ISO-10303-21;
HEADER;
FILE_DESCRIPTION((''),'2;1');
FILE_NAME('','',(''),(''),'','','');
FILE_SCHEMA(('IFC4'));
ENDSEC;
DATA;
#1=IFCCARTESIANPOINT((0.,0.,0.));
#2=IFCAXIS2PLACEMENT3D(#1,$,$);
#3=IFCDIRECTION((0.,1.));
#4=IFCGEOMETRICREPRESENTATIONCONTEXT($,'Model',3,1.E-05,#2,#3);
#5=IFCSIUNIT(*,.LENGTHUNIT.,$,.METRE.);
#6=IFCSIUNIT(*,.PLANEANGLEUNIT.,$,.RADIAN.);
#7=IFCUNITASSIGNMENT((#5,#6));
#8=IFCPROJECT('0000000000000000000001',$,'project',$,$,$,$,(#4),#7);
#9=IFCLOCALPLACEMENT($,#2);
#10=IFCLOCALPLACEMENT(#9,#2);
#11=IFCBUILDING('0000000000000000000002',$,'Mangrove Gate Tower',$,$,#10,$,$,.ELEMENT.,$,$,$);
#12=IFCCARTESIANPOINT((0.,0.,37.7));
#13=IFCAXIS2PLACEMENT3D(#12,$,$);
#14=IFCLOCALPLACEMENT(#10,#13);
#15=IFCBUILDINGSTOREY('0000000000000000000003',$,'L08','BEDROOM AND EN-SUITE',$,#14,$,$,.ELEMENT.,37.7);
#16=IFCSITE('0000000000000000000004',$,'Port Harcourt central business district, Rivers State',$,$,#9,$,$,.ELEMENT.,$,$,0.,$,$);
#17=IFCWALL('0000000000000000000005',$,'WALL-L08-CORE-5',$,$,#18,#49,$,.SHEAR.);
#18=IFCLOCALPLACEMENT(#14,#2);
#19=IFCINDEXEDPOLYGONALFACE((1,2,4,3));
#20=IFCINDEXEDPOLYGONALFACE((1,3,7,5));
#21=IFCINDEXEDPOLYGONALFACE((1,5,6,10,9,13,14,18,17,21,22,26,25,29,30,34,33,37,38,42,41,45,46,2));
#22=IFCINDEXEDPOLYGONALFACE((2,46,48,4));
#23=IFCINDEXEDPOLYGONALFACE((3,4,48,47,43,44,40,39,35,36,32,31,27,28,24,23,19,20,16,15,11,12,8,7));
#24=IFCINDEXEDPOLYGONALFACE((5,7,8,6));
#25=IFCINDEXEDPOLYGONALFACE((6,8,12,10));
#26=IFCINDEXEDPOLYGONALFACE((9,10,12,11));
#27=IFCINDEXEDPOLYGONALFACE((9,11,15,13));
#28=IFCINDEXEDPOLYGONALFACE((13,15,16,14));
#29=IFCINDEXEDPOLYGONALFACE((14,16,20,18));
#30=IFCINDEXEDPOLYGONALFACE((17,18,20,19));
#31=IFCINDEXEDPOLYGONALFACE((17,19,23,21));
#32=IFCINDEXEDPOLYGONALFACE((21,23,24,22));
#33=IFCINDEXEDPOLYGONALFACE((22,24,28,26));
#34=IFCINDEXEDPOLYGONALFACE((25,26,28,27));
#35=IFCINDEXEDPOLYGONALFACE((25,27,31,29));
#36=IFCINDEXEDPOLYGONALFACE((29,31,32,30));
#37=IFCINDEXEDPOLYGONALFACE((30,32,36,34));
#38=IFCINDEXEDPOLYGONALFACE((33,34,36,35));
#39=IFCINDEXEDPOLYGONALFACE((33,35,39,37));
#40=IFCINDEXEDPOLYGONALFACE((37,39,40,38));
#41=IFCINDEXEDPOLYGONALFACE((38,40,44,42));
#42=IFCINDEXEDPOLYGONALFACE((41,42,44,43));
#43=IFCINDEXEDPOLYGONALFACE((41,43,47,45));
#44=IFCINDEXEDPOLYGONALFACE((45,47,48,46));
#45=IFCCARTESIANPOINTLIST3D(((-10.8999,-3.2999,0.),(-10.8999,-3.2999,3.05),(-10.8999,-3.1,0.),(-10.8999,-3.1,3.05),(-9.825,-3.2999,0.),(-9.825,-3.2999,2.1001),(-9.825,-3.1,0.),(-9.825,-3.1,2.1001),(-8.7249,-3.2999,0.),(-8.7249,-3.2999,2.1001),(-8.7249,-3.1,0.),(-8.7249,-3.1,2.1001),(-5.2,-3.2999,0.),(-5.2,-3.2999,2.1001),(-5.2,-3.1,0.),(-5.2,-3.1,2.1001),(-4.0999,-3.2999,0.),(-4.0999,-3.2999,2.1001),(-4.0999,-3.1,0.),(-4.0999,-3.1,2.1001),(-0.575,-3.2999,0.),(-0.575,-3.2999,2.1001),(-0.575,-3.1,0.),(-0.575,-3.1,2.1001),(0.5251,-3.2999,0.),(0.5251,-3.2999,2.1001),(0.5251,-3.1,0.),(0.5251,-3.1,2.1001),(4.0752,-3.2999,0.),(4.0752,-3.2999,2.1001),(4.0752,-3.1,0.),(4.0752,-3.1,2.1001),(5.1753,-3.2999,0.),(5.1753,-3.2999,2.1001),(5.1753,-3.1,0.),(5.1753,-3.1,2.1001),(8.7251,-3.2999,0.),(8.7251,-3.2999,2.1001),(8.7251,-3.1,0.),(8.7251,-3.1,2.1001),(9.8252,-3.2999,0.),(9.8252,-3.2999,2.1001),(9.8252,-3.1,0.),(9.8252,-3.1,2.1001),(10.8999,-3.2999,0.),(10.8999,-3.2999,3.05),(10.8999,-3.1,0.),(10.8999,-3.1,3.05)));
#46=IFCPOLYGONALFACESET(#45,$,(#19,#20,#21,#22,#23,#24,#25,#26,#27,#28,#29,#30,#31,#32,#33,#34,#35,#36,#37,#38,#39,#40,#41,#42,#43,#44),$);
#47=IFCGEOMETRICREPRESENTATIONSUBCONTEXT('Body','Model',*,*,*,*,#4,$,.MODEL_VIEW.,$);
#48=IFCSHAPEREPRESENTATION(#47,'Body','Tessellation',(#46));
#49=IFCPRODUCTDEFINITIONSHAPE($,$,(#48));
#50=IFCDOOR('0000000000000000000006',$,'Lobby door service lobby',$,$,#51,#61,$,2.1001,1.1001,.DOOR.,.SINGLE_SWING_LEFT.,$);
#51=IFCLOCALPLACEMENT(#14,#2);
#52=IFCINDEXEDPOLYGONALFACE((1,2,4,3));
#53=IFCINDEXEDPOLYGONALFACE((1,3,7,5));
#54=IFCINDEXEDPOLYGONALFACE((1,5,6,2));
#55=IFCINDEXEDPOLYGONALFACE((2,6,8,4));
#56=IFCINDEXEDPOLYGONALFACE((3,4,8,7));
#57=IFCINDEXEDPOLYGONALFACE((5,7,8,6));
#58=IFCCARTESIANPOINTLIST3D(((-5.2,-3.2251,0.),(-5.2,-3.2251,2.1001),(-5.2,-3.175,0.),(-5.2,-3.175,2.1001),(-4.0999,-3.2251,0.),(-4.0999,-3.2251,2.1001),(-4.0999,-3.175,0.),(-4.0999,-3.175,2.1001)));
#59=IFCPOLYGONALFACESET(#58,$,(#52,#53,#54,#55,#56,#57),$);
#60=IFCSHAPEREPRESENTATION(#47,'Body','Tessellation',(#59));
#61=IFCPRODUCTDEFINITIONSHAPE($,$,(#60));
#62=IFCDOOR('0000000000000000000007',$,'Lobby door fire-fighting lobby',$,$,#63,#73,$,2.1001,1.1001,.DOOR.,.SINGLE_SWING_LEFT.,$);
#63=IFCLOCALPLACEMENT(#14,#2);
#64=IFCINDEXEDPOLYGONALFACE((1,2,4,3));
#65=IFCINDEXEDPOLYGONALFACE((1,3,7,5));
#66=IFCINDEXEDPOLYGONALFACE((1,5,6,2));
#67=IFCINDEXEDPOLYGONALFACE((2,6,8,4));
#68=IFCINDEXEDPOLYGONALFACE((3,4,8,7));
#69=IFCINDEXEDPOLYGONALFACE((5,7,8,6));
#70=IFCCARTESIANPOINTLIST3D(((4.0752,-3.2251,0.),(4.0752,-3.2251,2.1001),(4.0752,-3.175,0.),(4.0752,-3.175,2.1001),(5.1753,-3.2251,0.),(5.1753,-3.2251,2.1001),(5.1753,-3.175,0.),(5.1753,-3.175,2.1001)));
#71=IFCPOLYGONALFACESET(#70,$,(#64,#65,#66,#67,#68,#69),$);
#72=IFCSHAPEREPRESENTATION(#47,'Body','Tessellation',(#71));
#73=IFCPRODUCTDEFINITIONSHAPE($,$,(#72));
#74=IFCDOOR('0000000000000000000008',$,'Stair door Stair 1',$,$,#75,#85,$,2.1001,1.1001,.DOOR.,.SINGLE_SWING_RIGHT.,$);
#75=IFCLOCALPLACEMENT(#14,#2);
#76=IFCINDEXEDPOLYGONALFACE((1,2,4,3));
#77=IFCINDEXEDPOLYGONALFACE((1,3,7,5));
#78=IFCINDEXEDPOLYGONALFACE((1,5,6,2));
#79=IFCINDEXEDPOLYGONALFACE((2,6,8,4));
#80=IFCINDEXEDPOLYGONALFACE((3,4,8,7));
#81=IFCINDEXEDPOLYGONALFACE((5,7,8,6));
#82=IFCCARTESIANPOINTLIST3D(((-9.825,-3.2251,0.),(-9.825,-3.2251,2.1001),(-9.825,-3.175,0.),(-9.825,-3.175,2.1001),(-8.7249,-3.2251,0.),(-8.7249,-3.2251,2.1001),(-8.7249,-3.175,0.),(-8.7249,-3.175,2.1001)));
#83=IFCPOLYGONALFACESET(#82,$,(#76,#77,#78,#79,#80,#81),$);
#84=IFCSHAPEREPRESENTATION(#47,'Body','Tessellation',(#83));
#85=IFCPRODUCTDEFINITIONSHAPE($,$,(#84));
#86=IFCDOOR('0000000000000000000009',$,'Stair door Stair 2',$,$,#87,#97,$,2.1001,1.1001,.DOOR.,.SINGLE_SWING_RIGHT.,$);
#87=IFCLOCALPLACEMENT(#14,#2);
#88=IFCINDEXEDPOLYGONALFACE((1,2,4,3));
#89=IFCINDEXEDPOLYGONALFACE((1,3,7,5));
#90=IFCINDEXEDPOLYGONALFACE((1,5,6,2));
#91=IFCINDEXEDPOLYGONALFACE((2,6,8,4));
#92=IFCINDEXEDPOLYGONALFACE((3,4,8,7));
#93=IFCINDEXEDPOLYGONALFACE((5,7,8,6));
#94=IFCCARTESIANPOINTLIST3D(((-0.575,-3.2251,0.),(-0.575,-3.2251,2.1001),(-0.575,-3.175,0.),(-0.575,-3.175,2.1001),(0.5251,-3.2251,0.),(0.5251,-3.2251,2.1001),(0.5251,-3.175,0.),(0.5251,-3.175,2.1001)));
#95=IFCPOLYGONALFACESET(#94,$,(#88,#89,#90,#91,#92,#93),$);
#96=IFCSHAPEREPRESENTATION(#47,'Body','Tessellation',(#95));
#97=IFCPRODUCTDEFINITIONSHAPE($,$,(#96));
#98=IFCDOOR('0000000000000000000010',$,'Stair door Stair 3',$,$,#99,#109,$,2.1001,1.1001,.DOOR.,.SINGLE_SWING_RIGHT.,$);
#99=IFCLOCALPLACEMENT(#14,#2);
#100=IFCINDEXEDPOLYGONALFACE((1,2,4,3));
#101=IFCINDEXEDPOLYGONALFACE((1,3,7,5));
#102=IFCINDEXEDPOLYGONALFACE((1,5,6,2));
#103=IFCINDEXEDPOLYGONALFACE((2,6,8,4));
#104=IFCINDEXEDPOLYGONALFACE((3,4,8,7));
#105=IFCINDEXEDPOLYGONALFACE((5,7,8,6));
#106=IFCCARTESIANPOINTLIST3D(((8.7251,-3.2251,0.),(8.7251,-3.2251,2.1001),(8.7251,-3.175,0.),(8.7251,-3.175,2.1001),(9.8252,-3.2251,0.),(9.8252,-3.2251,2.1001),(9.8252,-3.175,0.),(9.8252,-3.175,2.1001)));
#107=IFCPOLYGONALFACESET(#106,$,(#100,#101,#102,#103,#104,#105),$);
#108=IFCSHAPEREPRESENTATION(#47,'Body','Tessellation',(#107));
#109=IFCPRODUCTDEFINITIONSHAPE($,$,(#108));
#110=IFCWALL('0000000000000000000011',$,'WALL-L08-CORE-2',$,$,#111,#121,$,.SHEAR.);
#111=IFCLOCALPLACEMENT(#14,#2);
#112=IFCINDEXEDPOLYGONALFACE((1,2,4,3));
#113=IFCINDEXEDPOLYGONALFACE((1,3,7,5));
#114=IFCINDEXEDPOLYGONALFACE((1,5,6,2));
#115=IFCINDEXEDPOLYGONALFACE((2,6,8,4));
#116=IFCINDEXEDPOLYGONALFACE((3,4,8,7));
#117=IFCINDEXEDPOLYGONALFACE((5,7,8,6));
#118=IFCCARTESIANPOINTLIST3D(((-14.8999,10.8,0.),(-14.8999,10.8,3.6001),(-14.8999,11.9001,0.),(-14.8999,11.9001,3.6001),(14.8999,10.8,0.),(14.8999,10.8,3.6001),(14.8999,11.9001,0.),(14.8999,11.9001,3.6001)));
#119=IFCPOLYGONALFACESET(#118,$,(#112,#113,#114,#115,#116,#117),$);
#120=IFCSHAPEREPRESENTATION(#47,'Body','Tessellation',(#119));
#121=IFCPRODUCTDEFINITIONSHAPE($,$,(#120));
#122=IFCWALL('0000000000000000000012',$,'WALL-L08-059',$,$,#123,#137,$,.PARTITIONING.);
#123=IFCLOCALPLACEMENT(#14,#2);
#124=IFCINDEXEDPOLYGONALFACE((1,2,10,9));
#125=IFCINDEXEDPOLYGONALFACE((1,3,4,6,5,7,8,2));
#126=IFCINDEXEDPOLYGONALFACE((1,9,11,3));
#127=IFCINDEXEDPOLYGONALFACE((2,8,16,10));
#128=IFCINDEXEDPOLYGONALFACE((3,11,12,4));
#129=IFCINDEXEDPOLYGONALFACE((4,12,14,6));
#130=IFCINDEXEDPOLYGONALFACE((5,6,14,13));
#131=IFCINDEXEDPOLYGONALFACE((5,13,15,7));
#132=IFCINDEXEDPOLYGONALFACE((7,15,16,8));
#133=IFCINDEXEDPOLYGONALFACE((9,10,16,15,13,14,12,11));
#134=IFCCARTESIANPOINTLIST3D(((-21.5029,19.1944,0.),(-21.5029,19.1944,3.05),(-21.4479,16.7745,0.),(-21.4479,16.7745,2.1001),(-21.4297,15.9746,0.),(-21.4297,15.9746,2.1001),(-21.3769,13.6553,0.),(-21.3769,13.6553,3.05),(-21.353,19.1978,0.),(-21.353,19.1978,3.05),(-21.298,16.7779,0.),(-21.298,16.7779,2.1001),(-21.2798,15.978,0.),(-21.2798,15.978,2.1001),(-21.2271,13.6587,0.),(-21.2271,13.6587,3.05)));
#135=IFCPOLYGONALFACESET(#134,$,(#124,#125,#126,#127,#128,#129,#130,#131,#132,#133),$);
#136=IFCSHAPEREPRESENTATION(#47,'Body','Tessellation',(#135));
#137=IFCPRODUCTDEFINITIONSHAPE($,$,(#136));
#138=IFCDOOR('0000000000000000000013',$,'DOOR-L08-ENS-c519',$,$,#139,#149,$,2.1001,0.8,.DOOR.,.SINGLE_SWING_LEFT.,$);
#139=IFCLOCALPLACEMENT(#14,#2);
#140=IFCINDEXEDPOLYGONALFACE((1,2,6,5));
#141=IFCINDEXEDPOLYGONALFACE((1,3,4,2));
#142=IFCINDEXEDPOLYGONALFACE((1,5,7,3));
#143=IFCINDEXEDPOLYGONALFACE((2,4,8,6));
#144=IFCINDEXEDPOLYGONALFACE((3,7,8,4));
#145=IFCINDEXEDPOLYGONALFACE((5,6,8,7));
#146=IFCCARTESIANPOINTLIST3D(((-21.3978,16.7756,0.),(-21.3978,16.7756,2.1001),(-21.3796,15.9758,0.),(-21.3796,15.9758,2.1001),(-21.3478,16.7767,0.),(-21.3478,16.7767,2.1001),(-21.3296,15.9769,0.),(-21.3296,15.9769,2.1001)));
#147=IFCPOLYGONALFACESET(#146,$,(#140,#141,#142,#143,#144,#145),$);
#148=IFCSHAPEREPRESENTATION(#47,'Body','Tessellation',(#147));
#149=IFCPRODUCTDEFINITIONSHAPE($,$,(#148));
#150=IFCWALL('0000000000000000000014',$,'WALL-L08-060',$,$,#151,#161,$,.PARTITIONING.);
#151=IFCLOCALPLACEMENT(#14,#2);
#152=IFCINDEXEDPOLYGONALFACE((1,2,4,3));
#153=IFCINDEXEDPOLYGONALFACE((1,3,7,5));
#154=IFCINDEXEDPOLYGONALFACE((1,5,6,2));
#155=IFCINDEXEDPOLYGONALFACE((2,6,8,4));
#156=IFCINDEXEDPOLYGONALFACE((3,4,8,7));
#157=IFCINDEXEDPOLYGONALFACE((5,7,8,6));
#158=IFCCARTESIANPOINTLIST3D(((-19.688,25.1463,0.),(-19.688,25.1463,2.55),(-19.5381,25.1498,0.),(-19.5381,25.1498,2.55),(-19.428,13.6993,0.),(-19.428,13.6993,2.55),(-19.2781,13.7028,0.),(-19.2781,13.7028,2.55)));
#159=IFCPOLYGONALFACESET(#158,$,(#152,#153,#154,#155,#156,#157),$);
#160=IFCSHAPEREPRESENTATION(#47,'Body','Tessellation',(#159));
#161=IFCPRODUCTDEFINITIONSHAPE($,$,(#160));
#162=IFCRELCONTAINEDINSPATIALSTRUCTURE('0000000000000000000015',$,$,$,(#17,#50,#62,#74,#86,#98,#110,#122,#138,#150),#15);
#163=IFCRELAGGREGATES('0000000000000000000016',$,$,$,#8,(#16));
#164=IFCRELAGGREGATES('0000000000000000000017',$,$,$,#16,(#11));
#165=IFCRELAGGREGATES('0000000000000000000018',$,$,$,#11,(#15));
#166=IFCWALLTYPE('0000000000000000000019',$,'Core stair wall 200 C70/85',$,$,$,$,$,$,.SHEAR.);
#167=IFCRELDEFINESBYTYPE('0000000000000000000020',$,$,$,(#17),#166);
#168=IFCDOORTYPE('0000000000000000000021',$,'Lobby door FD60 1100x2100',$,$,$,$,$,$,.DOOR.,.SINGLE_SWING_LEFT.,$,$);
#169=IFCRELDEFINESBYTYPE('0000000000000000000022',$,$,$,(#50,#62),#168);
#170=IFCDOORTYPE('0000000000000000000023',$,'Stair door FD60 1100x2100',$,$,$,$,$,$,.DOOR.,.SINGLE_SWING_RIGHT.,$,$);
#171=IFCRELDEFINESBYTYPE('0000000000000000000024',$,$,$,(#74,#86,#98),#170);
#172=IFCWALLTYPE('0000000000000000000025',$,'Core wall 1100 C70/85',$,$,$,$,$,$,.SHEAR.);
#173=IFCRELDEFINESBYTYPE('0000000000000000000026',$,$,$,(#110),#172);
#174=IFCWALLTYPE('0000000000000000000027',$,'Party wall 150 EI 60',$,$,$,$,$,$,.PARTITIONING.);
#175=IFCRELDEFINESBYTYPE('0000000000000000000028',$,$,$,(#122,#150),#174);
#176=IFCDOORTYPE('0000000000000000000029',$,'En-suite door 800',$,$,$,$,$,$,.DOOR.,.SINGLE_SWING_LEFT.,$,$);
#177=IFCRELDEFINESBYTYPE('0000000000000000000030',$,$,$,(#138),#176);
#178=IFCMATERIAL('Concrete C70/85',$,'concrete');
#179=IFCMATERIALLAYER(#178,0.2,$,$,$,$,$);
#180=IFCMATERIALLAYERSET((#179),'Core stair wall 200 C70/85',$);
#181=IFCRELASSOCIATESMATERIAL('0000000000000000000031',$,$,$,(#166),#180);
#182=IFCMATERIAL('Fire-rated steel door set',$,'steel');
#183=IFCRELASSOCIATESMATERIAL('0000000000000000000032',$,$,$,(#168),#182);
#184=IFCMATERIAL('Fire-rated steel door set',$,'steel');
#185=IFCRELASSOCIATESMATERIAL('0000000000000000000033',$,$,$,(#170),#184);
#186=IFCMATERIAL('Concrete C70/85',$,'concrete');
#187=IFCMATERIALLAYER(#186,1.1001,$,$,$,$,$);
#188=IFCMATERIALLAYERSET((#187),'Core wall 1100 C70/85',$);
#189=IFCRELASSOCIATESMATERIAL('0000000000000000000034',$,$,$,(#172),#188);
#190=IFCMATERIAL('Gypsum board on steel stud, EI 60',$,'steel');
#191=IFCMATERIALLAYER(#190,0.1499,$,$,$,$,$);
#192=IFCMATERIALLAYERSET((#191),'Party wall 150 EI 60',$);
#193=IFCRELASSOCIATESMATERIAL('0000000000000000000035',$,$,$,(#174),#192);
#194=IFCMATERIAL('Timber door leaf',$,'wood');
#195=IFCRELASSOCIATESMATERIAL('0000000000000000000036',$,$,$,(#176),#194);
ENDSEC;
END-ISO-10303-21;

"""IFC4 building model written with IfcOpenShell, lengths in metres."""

from ifc_helpers import new_model, si_unit, direction, frame, frame_2d, origin, place, context, subcontext, project, spatial, rectangle, extrude, material, layer, layer_set, type_object, element, fill, save


model = new_model("IFC4")

# Units and contexts
model_context = context("Model", 3, precision=1e-05, world=origin(), true_north=direction((0.0, 1.0)))
body_context = subcontext(model_context, "Body", "Model", "MODEL_VIEW")
ifc_project = project(units=[si_unit("LENGTHUNIT", "METRE"), si_unit("PLANEANGLEUNIT", "RADIAN")], contexts=[model_context])

# Site, building, storey
site_placement = place(None, origin())
site = spatial("IfcSite", under=ifc_project, at=site_placement, Name="Port Harcourt central business district, Rivers State", CompositionType="ELEMENT", RefElevation=0.0)
building_placement = place(site_placement, origin())
building = spatial("IfcBuilding", under=site, at=building_placement, Name="Mangrove Gate Tower", CompositionType="ELEMENT")
storey_placement = place(building_placement, frame((0.0, 0.0, 37.7)))
storey = spatial("IfcBuildingStorey", under=building, at=storey_placement, Name="L08", Description="BEDROOM AND EN-SUITE", CompositionType="ELEMENT", Elevation=37.7)

# Wall, openings, doors
ifc_material_1 = material(Name="Concrete C70/85", Category="concrete")
ifc_layer_1 = layer(ifc_material_1, 0.2)
ifc_layer_set_1 = layer_set([ifc_layer_1], Name="Core stair wall 200 C70/85")
wall_type_1 = type_object("IfcWallType", Name="Core stair wall 200 C70/85", PredefinedType="SHEAR", material=ifc_layer_set_1)
wall_1_placement = place(storey_placement, frame((-10.8999, -3.2, 0.0), z_axis=(0.0, 0.0, 1.0), x_axis=(1.0, 0.0, 0.0)))
wall_1 = element("IfcWall", 1, at=wall_1_placement, inside=storey, type_object=wall_type_1, Name="WALL-L08-CORE-5", PredefinedType="SHEAR", context=body_context, shape_type="SweptSolid", body=[
    extrude(rectangle(XDim=21.7998, YDim=0.2, at=frame_2d((10.8999, 0.0))), origin(), (0.0, 0.0, 1.0), 3.05),
])
opening_1_placement = place(wall_1_placement, frame((1.075, 0.0, 0.0)))
opening_1 = element("IfcOpeningElement", 2, at=opening_1_placement, cuts=wall_1, PredefinedType="OPENING", context=body_context, shape_type="SweptSolid", body=[
    extrude(rectangle(XDim=1.1001, YDim=2.1001, at=frame_2d((0.55, 1.05))), frame((0.0, 0.1099, 0.0), z_axis=(0.0, -1.0, 0.0), x_axis=(1.0, 0.0, 0.0)), (0.0, 0.0, 1.0), 0.22),
])
opening_2_placement = place(wall_1_placement, frame((10.325, 0.0, 0.0)))
opening_2 = element("IfcOpeningElement", 3, at=opening_2_placement, cuts=wall_1, PredefinedType="OPENING", context=body_context, shape_type="SweptSolid", body=[
    extrude(rectangle(XDim=1.1001, YDim=2.1001, at=frame_2d((0.55, 1.05))), frame((0.0, 0.1099, 0.0), z_axis=(0.0, -1.0, 0.0), x_axis=(1.0, 0.0, 0.0)), (0.0, 0.0, 1.0), 0.22),
])
opening_3_placement = place(wall_1_placement, frame((19.625, 0.0, 0.0)))
opening_3 = element("IfcOpeningElement", 4, at=opening_3_placement, cuts=wall_1, PredefinedType="OPENING", context=body_context, shape_type="SweptSolid", body=[
    extrude(rectangle(XDim=1.1001, YDim=2.1001, at=frame_2d((0.55, 1.05))), frame((0.0, 0.1099, 0.0), z_axis=(0.0, -1.0, 0.0), x_axis=(1.0, 0.0, 0.0)), (0.0, 0.0, 1.0), 0.22),
])
opening_4_placement = place(wall_1_placement, frame((5.7, 0.0, 0.0)))
opening_4 = element("IfcOpeningElement", 5, at=opening_4_placement, cuts=wall_1, PredefinedType="OPENING", context=body_context, shape_type="SweptSolid", body=[
    extrude(rectangle(XDim=1.1001, YDim=2.1001, at=frame_2d((0.55, 1.05))), frame((0.0, 0.1099, 0.0), z_axis=(0.0, -1.0, 0.0), x_axis=(1.0, 0.0, 0.0)), (0.0, 0.0, 1.0), 0.22),
])
opening_5_placement = place(wall_1_placement, frame((14.9751, 0.0, 0.0)))
opening_5 = element("IfcOpeningElement", 6, at=opening_5_placement, cuts=wall_1, PredefinedType="OPENING", context=body_context, shape_type="SweptSolid", body=[
    extrude(rectangle(XDim=1.1001, YDim=2.1001, at=frame_2d((0.55, 1.05))), frame((0.0, 0.1099, 0.0), z_axis=(0.0, -1.0, 0.0), x_axis=(1.0, 0.0, 0.0)), (0.0, 0.0, 1.0), 0.22),
])
ifc_material_2 = material(Name="Fire-rated steel door set", Category="steel")
door_type_1 = type_object("IfcDoorType", Name="Lobby door FD60 1100x2100", OperationType="SINGLE_SWING_LEFT", PredefinedType="DOOR", material=ifc_material_2)
door_1_placement = place(opening_4_placement, origin())
door_1 = element("IfcDoor", 7, at=door_1_placement, inside=storey, type_object=door_type_1, Name="Lobby door service lobby", OperationType="SINGLE_SWING_LEFT", OverallHeight=2.1001, OverallWidth=1.1001, PredefinedType="DOOR", context=body_context, shape_type="SweptSolid", body=[
    extrude(rectangle(XDim=1.1001, YDim=2.1001, at=frame_2d((0.55, 1.05))), frame((0.0, 0.0249, 0.0), z_axis=(0.0, -1.0, 0.0), x_axis=(1.0, 0.0, 0.0)), (0.0, 0.0, 1.0), 0.05),
])
fill(opening_4, door_1)
door_2_placement = place(opening_5_placement, origin())
door_2 = element("IfcDoor", 8, at=door_2_placement, inside=storey, type_object=door_type_1, Name="Lobby door fire-fighting lobby", OperationType="SINGLE_SWING_LEFT", OverallHeight=2.1001, OverallWidth=1.1001, PredefinedType="DOOR", context=body_context, shape_type="SweptSolid", body=[
    extrude(rectangle(XDim=1.1001, YDim=2.1001, at=frame_2d((0.55, 1.05))), frame((0.0, 0.0249, 0.0), z_axis=(0.0, -1.0, 0.0), x_axis=(1.0, 0.0, 0.0)), (0.0, 0.0, 1.0), 0.05),
])
fill(opening_5, door_2)
ifc_material_3 = material(Name="Fire-rated steel door set", Category="steel")
door_type_2 = type_object("IfcDoorType", Name="Stair door FD60 1100x2100", OperationType="SINGLE_SWING_RIGHT", PredefinedType="DOOR", material=ifc_material_3)
door_3_placement = place(opening_1_placement, origin())
door_3 = element("IfcDoor", 9, at=door_3_placement, inside=storey, type_object=door_type_2, Name="Stair door Stair 1", OperationType="SINGLE_SWING_RIGHT", OverallHeight=2.1001, OverallWidth=1.1001, PredefinedType="DOOR", context=body_context, shape_type="SweptSolid", body=[
    extrude(rectangle(XDim=1.1001, YDim=2.1001, at=frame_2d((0.55, 1.05))), frame((0.0, 0.0249, 0.0), z_axis=(0.0, -1.0, 0.0), x_axis=(1.0, 0.0, 0.0)), (0.0, 0.0, 1.0), 0.05),
])
fill(opening_1, door_3)
door_4_placement = place(opening_2_placement, origin())
door_4 = element("IfcDoor", 10, at=door_4_placement, inside=storey, type_object=door_type_2, Name="Stair door Stair 2", OperationType="SINGLE_SWING_RIGHT", OverallHeight=2.1001, OverallWidth=1.1001, PredefinedType="DOOR", context=body_context, shape_type="SweptSolid", body=[
    extrude(rectangle(XDim=1.1001, YDim=2.1001, at=frame_2d((0.55, 1.05))), frame((0.0, 0.0249, 0.0), z_axis=(0.0, -1.0, 0.0), x_axis=(1.0, 0.0, 0.0)), (0.0, 0.0, 1.0), 0.05),
])
fill(opening_2, door_4)
door_5_placement = place(opening_3_placement, origin())
door_5 = element("IfcDoor", 11, at=door_5_placement, inside=storey, type_object=door_type_2, Name="Stair door Stair 3", OperationType="SINGLE_SWING_RIGHT", OverallHeight=2.1001, OverallWidth=1.1001, PredefinedType="DOOR", context=body_context, shape_type="SweptSolid", body=[
    extrude(rectangle(XDim=1.1001, YDim=2.1001, at=frame_2d((0.55, 1.05))), frame((0.0, 0.0249, 0.0), z_axis=(0.0, -1.0, 0.0), x_axis=(1.0, 0.0, 0.0)), (0.0, 0.0, 1.0), 0.05),
])
fill(opening_3, door_5)

# Wall
ifc_material_4 = material(Name="Concrete C70/85", Category="concrete")
ifc_layer_2 = layer(ifc_material_4, 1.1001)
ifc_layer_set_2 = layer_set([ifc_layer_2], Name="Core wall 1100 C70/85")
wall_type_2 = type_object("IfcWallType", Name="Core wall 1100 C70/85", PredefinedType="SHEAR", material=ifc_layer_set_2)
wall_2_placement = place(storey_placement, frame((-14.8999, 11.3501, 0.0), z_axis=(0.0, 0.0, 1.0), x_axis=(1.0, 0.0, 0.0)))
element("IfcWall", 12, at=wall_2_placement, inside=storey, type_object=wall_type_2, Name="WALL-L08-CORE-2", PredefinedType="SHEAR", context=body_context, shape_type="SweptSolid", body=[
    extrude(rectangle(XDim=29.7998, YDim=1.1001, at=frame_2d((14.8999, 0.0))), origin(), (0.0, 0.0, 1.0), 3.6001),
])

# Wall, opening, door
ifc_material_5 = material(Name="Gypsum board on steel stud, EI 60", Category="steel")
ifc_layer_3 = layer(ifc_material_5, 0.1499)
ifc_layer_set_3 = layer_set([ifc_layer_3], Name="Party wall 150 EI 60")
wall_type_3 = type_object("IfcWallType", Name="Party wall 150 EI 60", PredefinedType="PARTITIONING", material=ifc_layer_set_3)
wall_3_placement = place(storey_placement, frame((-21.302, 13.657, 0.0), z_axis=(0.0, 0.0, 1.0), x_axis=(-0.022737, 0.999741, 0.0)))
wall_3 = element("IfcWall", 13, at=wall_3_placement, inside=storey, type_object=wall_type_3, Name="WALL-L08-059", PredefinedType="PARTITIONING", context=body_context, shape_type="SweptSolid", body=[
    extrude(rectangle(XDim=5.5405, YDim=0.1499, at=frame_2d((2.7703, 0.0))), origin(), (0.0, 0.0, 1.0), 3.05),
])
opening_6_placement = place(wall_3_placement, frame((2.3201, 0.0, 0.0)))
opening_6 = element("IfcOpeningElement", 14, at=opening_6_placement, cuts=wall_3, PredefinedType="OPENING", context=body_context, shape_type="SweptSolid", body=[
    extrude(rectangle(XDim=0.8, YDim=2.1001, at=frame_2d((0.3999, 1.05))), frame((0.0, 0.085, 0.0), z_axis=(0.0, -1.0, 0.0), x_axis=(1.0, 0.0, 0.0)), (0.0, 0.0, 1.0), 0.1699),
])
ifc_material_6 = material(Name="Timber door leaf", Category="wood")
door_type_3 = type_object("IfcDoorType", Name="En-suite door 800", OperationType="SINGLE_SWING_LEFT", PredefinedType="DOOR", material=ifc_material_6)
door_6_placement = place(opening_6_placement, origin())
door_6 = element("IfcDoor", 15, at=door_6_placement, inside=storey, type_object=door_type_3, Name="DOOR-L08-ENS-c519", OperationType="SINGLE_SWING_LEFT", OverallHeight=2.1001, OverallWidth=0.8, PredefinedType="DOOR", context=body_context, shape_type="SweptSolid", body=[
    extrude(rectangle(XDim=0.8, YDim=2.1001, at=frame_2d((0.3999, 1.05))), frame((0.0, 0.0249, 0.0), z_axis=(0.0, -1.0, 0.0), x_axis=(1.0, 0.0, 0.0)), (0.0, 0.0, 1.0), 0.05),
])
fill(opening_6, door_6)

# Wall
wall_4_placement = place(storey_placement, frame((-19.353, 13.7009, 0.0), z_axis=(0.0, 0.0, 1.0), x_axis=(-0.022708, 0.999742, 0.0)))
element("IfcWall", 16, at=wall_4_placement, inside=storey, type_object=wall_type_3, Name="WALL-L08-060", PredefinedType="PARTITIONING", context=body_context, shape_type="SweptSolid", body=[
    extrude(rectangle(XDim=11.45, YDim=0.1499, at=frame_2d((5.7251, 0.0))), origin(), (0.0, 0.0, 1.0), 2.55),
])

save(model, "model.ifc")
